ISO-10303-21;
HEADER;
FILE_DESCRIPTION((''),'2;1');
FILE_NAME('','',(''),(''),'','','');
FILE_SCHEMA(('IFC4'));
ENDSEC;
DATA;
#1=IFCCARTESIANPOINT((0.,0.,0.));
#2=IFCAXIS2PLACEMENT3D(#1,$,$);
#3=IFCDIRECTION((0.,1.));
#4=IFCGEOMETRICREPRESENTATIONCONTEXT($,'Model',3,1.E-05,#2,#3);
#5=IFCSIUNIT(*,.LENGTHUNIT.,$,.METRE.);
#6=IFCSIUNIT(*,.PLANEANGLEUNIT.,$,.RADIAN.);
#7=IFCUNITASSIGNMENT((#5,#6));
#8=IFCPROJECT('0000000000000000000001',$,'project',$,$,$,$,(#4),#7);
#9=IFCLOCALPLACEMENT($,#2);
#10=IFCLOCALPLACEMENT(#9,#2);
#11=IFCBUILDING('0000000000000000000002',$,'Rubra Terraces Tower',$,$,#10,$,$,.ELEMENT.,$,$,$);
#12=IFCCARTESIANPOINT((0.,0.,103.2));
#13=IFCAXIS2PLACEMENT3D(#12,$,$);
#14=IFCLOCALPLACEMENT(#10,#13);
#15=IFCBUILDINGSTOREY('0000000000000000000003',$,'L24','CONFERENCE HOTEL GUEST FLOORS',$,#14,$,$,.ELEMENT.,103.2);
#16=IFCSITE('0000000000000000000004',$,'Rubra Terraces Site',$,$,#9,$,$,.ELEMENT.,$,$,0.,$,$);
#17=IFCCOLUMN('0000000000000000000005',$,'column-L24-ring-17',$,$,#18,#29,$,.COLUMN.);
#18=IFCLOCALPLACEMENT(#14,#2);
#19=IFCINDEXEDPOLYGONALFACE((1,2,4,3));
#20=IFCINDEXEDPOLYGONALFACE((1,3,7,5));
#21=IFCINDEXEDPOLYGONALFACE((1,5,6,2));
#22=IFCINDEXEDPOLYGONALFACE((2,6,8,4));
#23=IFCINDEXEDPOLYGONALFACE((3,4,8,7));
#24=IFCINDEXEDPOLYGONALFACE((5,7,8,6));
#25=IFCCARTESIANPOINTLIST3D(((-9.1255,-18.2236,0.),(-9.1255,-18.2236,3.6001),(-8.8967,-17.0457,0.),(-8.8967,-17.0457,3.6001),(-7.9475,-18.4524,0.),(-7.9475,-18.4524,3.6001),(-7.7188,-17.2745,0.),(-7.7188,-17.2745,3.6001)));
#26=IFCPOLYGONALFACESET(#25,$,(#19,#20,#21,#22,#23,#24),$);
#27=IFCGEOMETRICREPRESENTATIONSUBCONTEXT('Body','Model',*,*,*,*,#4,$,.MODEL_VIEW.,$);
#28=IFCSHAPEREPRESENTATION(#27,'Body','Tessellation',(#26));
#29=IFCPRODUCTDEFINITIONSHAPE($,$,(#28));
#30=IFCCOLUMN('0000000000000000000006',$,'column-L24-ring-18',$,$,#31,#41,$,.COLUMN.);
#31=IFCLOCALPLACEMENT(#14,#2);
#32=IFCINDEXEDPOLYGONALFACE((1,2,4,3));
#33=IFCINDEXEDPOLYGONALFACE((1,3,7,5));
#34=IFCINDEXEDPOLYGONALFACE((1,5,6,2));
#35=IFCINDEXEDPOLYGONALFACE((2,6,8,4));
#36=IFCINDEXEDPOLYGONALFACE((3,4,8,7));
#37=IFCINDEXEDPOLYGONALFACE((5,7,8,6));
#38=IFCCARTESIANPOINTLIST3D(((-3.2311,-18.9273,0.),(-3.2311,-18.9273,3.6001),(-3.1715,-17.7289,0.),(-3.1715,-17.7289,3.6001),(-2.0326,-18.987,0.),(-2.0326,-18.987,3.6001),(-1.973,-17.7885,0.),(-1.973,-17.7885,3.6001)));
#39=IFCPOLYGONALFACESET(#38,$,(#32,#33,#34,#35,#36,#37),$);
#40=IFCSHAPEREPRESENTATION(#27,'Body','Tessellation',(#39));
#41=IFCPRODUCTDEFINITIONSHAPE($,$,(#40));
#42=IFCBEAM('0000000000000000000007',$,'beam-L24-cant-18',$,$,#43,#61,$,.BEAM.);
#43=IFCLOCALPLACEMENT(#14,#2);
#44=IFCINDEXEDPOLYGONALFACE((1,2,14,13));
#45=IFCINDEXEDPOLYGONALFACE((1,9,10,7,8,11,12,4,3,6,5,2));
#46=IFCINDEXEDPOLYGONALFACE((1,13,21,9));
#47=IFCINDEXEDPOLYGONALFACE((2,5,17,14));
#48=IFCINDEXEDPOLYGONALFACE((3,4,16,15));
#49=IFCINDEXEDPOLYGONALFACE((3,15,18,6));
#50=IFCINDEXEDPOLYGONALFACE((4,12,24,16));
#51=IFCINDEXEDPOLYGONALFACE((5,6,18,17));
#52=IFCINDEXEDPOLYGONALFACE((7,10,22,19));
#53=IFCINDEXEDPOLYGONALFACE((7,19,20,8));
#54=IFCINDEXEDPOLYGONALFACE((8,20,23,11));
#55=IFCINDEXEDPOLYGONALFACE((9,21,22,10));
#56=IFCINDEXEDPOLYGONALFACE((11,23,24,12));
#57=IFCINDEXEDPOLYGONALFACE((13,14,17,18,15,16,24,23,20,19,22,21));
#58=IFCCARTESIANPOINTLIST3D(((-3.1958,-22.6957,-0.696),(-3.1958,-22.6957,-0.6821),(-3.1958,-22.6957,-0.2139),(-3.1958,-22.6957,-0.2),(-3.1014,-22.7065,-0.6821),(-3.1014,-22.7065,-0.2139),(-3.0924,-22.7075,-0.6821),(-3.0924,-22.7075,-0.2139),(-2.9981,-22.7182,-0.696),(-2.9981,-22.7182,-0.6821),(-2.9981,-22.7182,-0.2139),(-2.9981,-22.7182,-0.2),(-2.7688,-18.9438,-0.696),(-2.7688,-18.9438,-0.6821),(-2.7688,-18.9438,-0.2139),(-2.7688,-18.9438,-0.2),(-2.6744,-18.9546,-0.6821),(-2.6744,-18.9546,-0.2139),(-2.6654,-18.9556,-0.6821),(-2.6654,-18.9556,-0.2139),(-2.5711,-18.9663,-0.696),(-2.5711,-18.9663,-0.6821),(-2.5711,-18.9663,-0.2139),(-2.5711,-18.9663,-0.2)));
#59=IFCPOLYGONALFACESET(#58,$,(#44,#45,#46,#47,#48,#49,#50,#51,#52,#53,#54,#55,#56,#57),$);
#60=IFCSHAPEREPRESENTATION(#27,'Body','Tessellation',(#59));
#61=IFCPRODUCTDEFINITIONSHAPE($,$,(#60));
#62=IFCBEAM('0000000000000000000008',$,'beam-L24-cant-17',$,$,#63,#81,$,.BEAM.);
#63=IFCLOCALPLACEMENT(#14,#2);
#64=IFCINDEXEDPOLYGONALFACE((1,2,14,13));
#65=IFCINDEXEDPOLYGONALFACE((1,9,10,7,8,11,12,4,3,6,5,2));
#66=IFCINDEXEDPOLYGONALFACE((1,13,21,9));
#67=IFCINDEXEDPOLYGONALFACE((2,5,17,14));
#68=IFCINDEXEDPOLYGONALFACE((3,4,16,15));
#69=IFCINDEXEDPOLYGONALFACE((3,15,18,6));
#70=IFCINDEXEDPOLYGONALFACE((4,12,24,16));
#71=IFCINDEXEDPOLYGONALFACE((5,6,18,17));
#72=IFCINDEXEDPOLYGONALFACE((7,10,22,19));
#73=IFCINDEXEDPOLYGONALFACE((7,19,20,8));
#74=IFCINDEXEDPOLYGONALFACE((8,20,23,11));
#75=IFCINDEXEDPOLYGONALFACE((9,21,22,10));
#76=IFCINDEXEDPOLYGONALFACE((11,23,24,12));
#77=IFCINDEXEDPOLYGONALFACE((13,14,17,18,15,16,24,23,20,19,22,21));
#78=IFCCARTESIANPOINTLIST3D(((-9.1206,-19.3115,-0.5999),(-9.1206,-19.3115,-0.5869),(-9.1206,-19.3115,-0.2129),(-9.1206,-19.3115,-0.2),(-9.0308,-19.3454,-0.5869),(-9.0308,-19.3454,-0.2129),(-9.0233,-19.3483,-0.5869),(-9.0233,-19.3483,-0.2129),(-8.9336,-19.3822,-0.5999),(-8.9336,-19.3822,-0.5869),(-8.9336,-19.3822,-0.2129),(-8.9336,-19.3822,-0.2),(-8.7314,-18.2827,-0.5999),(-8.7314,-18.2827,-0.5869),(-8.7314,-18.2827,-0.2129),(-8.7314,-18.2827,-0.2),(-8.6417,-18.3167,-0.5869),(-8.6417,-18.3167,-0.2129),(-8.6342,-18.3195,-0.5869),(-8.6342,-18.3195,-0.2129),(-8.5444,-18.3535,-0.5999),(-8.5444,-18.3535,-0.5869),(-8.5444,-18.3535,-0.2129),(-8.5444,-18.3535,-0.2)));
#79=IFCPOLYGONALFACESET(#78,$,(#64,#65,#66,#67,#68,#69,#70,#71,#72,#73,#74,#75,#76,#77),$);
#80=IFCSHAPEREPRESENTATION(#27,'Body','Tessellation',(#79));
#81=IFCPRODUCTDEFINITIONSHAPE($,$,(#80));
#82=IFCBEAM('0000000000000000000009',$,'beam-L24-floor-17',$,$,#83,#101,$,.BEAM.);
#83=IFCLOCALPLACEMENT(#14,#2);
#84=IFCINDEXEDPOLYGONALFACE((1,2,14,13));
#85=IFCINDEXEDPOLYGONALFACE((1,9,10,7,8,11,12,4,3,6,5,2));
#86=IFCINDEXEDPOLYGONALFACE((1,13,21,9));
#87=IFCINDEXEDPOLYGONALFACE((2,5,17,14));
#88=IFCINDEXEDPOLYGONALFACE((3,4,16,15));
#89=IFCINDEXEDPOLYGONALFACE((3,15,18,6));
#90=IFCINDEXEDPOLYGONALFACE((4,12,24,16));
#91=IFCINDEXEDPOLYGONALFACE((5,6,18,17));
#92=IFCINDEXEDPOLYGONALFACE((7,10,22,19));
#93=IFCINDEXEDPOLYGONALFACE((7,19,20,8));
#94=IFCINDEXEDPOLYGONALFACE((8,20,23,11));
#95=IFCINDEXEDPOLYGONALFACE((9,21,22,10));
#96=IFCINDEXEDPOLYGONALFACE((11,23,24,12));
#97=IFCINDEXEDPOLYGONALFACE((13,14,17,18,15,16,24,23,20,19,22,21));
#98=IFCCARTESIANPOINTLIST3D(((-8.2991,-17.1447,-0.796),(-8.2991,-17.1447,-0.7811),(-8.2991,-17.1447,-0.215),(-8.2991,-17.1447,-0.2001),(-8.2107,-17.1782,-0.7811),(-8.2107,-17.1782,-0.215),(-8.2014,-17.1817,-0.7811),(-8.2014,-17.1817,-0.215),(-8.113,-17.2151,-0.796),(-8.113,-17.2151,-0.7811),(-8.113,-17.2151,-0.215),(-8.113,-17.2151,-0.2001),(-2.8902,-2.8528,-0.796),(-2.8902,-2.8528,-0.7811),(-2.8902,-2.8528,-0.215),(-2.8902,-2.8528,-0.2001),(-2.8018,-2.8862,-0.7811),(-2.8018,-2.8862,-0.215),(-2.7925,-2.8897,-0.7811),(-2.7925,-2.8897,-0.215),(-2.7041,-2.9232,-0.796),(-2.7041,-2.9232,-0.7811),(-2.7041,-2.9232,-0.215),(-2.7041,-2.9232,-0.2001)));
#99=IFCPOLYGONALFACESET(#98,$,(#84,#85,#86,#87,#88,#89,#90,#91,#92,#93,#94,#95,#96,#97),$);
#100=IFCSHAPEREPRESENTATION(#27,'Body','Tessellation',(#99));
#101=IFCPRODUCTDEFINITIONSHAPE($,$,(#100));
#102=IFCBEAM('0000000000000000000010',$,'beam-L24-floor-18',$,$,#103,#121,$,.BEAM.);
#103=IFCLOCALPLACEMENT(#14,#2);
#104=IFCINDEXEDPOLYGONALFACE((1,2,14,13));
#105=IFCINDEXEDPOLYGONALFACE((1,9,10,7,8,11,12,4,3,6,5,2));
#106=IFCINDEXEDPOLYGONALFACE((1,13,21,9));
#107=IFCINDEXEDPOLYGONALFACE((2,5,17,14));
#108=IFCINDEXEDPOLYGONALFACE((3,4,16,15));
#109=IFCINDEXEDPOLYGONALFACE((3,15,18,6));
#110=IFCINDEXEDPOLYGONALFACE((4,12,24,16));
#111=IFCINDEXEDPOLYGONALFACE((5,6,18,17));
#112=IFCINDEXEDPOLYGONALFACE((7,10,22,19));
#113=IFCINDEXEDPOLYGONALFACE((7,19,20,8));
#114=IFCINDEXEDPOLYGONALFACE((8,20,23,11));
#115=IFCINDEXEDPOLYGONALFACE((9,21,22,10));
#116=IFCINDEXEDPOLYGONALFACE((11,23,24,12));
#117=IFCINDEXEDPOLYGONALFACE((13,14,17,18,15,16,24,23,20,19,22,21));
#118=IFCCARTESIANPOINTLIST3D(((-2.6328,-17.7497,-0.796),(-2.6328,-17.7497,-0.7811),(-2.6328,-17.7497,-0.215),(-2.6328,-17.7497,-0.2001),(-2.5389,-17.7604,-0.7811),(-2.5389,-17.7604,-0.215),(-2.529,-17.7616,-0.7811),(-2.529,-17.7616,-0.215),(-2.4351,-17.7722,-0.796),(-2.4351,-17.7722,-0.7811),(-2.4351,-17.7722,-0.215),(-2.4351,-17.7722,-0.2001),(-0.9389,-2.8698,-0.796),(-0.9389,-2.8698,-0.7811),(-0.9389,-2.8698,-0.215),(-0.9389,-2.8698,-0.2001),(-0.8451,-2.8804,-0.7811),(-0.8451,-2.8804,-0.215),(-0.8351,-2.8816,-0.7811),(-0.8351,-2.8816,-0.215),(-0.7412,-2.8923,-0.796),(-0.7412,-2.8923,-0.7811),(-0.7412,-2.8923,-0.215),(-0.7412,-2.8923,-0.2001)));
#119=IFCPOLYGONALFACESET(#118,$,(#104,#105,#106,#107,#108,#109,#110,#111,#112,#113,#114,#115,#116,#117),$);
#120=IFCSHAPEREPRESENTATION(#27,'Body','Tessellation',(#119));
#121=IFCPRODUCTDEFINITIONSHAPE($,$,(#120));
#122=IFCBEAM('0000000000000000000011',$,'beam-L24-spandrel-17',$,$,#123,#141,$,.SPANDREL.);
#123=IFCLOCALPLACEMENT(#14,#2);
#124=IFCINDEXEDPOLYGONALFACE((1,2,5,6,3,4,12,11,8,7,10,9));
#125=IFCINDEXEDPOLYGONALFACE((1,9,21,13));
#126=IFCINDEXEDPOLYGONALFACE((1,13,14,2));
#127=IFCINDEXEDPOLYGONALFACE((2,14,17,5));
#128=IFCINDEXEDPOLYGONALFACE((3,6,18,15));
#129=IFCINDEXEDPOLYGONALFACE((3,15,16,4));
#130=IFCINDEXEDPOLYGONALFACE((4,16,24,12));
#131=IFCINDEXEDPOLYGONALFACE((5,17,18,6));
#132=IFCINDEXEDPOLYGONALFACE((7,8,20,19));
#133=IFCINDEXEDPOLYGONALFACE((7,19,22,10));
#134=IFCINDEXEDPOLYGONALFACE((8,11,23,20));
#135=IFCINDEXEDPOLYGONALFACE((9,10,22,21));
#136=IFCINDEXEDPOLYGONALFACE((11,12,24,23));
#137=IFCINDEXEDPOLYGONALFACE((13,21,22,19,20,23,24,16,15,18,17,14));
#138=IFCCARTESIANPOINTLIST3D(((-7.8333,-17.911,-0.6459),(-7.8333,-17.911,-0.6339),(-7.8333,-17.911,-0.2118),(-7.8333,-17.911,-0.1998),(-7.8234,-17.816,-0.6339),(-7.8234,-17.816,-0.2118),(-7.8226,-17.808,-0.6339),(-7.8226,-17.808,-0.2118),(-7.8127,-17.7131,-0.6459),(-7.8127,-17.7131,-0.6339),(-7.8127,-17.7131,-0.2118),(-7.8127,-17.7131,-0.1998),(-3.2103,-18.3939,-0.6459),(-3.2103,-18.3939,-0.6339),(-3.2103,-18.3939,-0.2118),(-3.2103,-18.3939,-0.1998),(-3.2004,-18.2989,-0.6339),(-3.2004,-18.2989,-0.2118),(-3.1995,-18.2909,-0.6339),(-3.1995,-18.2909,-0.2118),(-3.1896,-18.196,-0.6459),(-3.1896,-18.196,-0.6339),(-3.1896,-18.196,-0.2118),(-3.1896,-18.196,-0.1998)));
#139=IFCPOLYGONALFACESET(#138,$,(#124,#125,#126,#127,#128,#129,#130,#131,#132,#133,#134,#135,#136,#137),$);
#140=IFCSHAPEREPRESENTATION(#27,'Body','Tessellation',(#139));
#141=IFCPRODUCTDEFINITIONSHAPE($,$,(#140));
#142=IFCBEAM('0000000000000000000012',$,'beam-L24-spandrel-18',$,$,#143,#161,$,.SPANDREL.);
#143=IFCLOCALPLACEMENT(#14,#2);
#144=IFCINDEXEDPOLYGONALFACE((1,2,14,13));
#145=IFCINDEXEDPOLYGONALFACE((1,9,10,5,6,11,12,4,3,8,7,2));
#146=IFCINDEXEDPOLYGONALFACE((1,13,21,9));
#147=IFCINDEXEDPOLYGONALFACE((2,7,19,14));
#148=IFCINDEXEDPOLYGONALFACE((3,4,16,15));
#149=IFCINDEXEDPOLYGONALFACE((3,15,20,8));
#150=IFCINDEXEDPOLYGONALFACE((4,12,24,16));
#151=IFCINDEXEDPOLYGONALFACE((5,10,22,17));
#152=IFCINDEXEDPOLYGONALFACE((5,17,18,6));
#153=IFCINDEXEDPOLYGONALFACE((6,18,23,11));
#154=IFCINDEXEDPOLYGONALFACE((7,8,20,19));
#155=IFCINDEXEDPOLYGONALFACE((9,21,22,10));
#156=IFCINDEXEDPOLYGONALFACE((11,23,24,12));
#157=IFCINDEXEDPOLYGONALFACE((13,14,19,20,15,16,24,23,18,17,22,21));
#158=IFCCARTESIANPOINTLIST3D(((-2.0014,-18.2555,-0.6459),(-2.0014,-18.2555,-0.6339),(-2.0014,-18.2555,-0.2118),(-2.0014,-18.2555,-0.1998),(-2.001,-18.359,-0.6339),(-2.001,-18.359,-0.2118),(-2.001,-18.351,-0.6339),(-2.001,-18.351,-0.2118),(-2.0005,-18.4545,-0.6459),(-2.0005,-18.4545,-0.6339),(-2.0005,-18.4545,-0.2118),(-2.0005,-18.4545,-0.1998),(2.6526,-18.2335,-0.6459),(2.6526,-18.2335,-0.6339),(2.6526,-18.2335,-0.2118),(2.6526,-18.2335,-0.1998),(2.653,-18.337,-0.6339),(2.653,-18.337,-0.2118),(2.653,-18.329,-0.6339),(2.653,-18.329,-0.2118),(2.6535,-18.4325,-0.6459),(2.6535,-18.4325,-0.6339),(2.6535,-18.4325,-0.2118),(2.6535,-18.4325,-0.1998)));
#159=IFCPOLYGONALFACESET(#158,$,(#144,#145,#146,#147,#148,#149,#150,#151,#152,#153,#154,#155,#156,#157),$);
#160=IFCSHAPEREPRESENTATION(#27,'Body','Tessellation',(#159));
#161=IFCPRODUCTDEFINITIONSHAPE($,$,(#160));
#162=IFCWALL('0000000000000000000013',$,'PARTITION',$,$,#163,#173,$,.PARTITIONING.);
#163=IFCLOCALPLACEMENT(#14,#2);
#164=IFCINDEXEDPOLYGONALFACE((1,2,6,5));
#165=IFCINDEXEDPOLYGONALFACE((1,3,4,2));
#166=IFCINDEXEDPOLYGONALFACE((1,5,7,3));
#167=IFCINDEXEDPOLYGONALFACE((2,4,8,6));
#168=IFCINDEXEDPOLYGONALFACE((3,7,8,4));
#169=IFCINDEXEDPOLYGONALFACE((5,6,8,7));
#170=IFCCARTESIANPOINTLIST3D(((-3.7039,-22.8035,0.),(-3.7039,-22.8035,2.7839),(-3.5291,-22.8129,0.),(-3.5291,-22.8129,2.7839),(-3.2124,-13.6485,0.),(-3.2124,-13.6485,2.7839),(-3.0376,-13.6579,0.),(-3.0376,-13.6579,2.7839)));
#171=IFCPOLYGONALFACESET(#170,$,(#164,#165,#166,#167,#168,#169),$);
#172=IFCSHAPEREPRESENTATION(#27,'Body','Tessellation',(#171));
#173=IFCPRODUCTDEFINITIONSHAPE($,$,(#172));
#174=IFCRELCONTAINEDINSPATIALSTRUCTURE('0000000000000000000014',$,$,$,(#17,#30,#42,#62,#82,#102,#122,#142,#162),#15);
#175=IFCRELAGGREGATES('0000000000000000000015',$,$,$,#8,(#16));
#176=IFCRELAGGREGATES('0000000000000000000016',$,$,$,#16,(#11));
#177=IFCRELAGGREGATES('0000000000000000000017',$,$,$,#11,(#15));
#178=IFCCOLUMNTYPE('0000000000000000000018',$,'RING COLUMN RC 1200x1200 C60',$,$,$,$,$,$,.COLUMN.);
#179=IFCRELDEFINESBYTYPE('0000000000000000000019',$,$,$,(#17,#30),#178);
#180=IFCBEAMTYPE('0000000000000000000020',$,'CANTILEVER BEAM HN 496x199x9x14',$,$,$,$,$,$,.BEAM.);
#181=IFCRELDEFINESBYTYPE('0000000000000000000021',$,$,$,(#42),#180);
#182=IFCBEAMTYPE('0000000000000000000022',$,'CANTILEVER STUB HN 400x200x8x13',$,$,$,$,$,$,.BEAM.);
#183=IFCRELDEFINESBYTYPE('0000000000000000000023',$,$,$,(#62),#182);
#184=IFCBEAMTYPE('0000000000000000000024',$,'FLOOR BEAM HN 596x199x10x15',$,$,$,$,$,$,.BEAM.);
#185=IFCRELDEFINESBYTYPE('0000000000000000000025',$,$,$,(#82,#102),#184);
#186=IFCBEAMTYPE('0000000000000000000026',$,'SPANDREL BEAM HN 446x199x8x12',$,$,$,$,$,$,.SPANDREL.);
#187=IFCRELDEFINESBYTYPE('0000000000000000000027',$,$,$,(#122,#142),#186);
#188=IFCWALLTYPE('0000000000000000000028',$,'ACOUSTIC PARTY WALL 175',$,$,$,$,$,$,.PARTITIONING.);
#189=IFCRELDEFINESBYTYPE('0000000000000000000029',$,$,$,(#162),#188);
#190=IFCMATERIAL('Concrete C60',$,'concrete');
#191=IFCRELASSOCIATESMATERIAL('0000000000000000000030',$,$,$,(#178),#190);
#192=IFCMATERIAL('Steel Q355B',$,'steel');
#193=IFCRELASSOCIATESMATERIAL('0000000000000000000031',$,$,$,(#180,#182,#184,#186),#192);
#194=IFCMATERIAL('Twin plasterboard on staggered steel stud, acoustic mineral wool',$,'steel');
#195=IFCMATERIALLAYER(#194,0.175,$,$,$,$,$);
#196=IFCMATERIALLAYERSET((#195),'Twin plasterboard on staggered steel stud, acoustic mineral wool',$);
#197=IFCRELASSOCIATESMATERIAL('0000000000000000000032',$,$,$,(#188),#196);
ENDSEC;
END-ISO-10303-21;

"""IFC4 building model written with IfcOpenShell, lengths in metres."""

from ifc_helpers import new_model, si_unit, direction, frame, frame_2d, origin, origin_2d, place, context, subcontext, project, spatial, rectangle, i_section, extrude, material, layer, layer_set, material_profile, profile_set, type_object, element, save


model = new_model("IFC4")

# Units and contexts
model_context = context("Model", 3, precision=1e-05, world=origin(), true_north=direction((0.0, 1.0)))
body_context = subcontext(model_context, "Body", "Model", "MODEL_VIEW")
ifc_project = project(units=[si_unit("LENGTHUNIT", "METRE"), si_unit("PLANEANGLEUNIT", "RADIAN")], contexts=[model_context])

# Site, building, storey
site_placement = place(None, origin())
site = spatial("IfcSite", under=ifc_project, at=site_placement, Name="Rubra Terraces Site", CompositionType="ELEMENT", RefElevation=0.0)
building_placement = place(site_placement, origin())
building = spatial("IfcBuilding", under=site, at=building_placement, Name="Rubra Terraces Tower", CompositionType="ELEMENT")
storey_placement = place(building_placement, frame((0.0, 0.0, 103.2)))
storey = spatial("IfcBuildingStorey", under=building, at=storey_placement, Name="L24", Description="CONFERENCE HOTEL GUEST FLOORS", CompositionType="ELEMENT", Elevation=103.2)

# Columns
ifc_material_1 = material(Name="Concrete C60", Category="concrete")
ifc_material_profile_1 = material_profile(ifc_material_1, rectangle(XDim=1.2, YDim=1.2, at=origin_2d()), Name="RC 1200x1200")
ifc_profile_set_1 = profile_set([ifc_material_profile_1], Name="Concrete C60")
column_type = type_object("IfcColumnType", Name="RING COLUMN RC 1200x1200 C60", PredefinedType="COLUMN", material=ifc_profile_set_1)
for number, where, z_axis, x_axis, name in (
    (1, (-8.4221, -17.749, 0.0), (0.0, 0.0, 1.0), (0.981655, -0.190668, 0.0), "column-L24-ring-17"),
    (2, (-2.6021, -18.3579, 0.0), (0.0, 0.0, 1.0), (0.998764, -0.049699, 0.0), "column-L24-ring-18"),
):
    element("IfcColumn", number, at=place(storey_placement, frame(where, z_axis=z_axis, x_axis=x_axis)), inside=storey, type_object=column_type, Name=name, PredefinedType="COLUMN", context=body_context, shape_type="SweptSolid", body=[
        extrude(rectangle(XDim=1.2, YDim=1.2, at=origin_2d()), origin(), (0.0, 0.0, 1.0), 3.6001),
    ])

# Beams
ifc_material_2 = material(Name="Steel Q355B", Category="steel")
ifc_material_profile_2 = material_profile(ifc_material_2, i_section(OverallWidth=0.199, OverallDepth=0.4961, WebThickness=0.009, FlangeThickness=0.0139, at=origin_2d()), Name="HN 496x199x9x14")
ifc_profile_set_2 = profile_set([ifc_material_profile_2], Name="Steel Q355B")
beam_type_1 = type_object("IfcBeamType", Name="CANTILEVER BEAM HN 496x199x9x14", PredefinedType="BEAM", material=ifc_profile_set_2)
beam_1_placement = place(storey_placement, frame((-2.6699, -18.9551, -0.448), z_axis=(-0.113078, -0.993586, 0.0), x_axis=(0.993586, -0.113078, 0.0)))
element("IfcBeam", 3, at=beam_1_placement, inside=storey, type_object=beam_type_1, Name="beam-L24-cant-18", PredefinedType="BEAM", context=body_context, shape_type="SweptSolid", body=[
    extrude(i_section(OverallWidth=0.199, OverallDepth=0.4961, WebThickness=0.009, FlangeThickness=0.0139, at=origin_2d()), origin(), (0.0, 0.0, 1.0), 3.7761),
])
ifc_material_profile_3 = material_profile(ifc_material_2, i_section(OverallWidth=0.2, OverallDepth=0.3999, WebThickness=0.0081, FlangeThickness=0.0129, at=origin_2d()), Name="HN 400x200x8x13")
ifc_profile_set_3 = profile_set([ifc_material_profile_3], Name="Steel Q355B")
beam_type_2 = type_object("IfcBeamType", Name="CANTILEVER STUB HN 400x200x8x13", PredefinedType="BEAM", material=ifc_profile_set_3)
beam_2_placement = place(storey_placement, frame((-8.6379, -18.3181, -0.3999), z_axis=(-0.353798, -0.935322, 0.0), x_axis=(0.935322, -0.353798, 0.0)))
element("IfcBeam", 4, at=beam_2_placement, inside=storey, type_object=beam_type_2, Name="beam-L24-cant-17", PredefinedType="BEAM", context=body_context, shape_type="SweptSolid", body=[
    extrude(i_section(OverallWidth=0.2, OverallDepth=0.3999, WebThickness=0.0081, FlangeThickness=0.0129, at=origin_2d()), origin(), (0.0, 0.0, 1.0), 1.0999),
])
ifc_material_profile_4 = material_profile(ifc_material_2, i_section(OverallWidth=0.199, OverallDepth=0.5959, WebThickness=0.01, FlangeThickness=0.0149, at=origin_2d()), Name="HN 596x199x10x15")
ifc_profile_set_4 = profile_set([ifc_material_profile_4], Name="Steel Q355B")
beam_type_3 = type_object("IfcBeamType", Name="FLOOR BEAM HN 596x199x10x15", PredefinedType="BEAM", material=ifc_profile_set_4)
beam_3_placement = place(storey_placement, frame((-8.2061, -17.1799, -0.498), z_axis=(0.353958, 0.935261, 0.0), x_axis=(-0.935261, 0.353958, 0.0)))
element("IfcBeam", 5, at=beam_3_placement, inside=storey, type_object=beam_type_3, Name="beam-L24-floor-17", PredefinedType="BEAM", context=body_context, shape_type="SweptSolid", body=[
    extrude(i_section(OverallWidth=0.199, OverallDepth=0.5959, WebThickness=0.01, FlangeThickness=0.0149, at=origin_2d()), origin(), (0.0, 0.0, 1.0), 15.2812),
])
beam_4_placement = place(storey_placement, frame((-2.5339, -17.761, -0.498), z_axis=(0.113104, 0.993583, 0.0), x_axis=(-0.993583, 0.113104, 0.0)))
element("IfcBeam", 6, at=beam_4_placement, inside=storey, type_object=beam_type_3, Name="beam-L24-floor-18", PredefinedType="BEAM", context=body_context, shape_type="SweptSolid", body=[
    extrude(i_section(OverallWidth=0.199, OverallDepth=0.5959, WebThickness=0.01, FlangeThickness=0.0149, at=origin_2d()), origin(), (0.0, 0.0, 1.0), 14.9761),
])
ifc_material_profile_5 = material_profile(ifc_material_2, i_section(OverallWidth=0.199, OverallDepth=0.446, WebThickness=0.0081, FlangeThickness=0.012, at=origin_2d()), Name="HN 446x199x8x12")
ifc_profile_set_5 = profile_set([ifc_material_profile_5], Name="Steel Q355B")
beam_type_4 = type_object("IfcBeamType", Name="SPANDREL BEAM HN 446x199x8x12", PredefinedType="SPANDREL", material=ifc_profile_set_5)
beam_5_placement = place(storey_placement, frame((-7.823, -17.812, -0.4229), z_axis=(0.994589, -0.103892, 0.0), x_axis=(0.103892, 0.994589, 0.0)))
element("IfcBeam", 7, at=beam_5_placement, inside=storey, type_object=beam_type_4, Name="beam-L24-spandrel-17", PredefinedType="SPANDREL", context=body_context, shape_type="SweptSolid", body=[
    extrude(i_section(OverallWidth=0.199, OverallDepth=0.446, WebThickness=0.0081, FlangeThickness=0.012, at=origin_2d()), origin(), (0.0, 0.0, 1.0), 4.6482),
])
beam_6_placement = place(storey_placement, frame((-2.001, -18.355, -0.4229), z_axis=(0.999989, 0.004721, 0.0), x_axis=(-0.004721, 0.999989, 0.0)))
element("IfcBeam", 8, at=beam_6_placement, inside=storey, type_object=beam_type_4, Name="beam-L24-spandrel-18", PredefinedType="SPANDREL", context=body_context, shape_type="SweptSolid", body=[
    extrude(i_section(OverallWidth=0.199, OverallDepth=0.446, WebThickness=0.0081, FlangeThickness=0.012, at=origin_2d()), origin(), (0.0, 0.0, 1.0), 4.6541),
])

# Wall
ifc_material_3 = material(Name="Twin plasterboard on staggered steel stud, acoustic mineral wool", Category="steel")
ifc_layer_1 = layer(ifc_material_3, 0.175)
ifc_layer_set_1 = layer_set([ifc_layer_1], Name="Twin plasterboard on staggered steel stud, acoustic mineral wool")
wall_type_1 = type_object("IfcWallType", Name="ACOUSTIC PARTY WALL 175", PredefinedType="PARTITIONING", material=ifc_layer_set_1)
wall_1_placement = place(storey_placement, frame((-3.6165, -22.8081, 0.0), z_axis=(0.0, 0.0, 1.0), x_axis=(0.053604, 0.998562, 0.0)))
element("IfcWall", 9, at=wall_1_placement, inside=storey, type_object=wall_type_1, Name="PARTITION", PredefinedType="PARTITIONING", context=body_context, shape_type="SweptSolid", body=[
    extrude(rectangle(XDim=9.1682, YDim=0.175, at=frame_2d((4.584, 0.0))), origin(), (0.0, 0.0, 1.0), 2.7839),
])

save(model, "model.ifc")
